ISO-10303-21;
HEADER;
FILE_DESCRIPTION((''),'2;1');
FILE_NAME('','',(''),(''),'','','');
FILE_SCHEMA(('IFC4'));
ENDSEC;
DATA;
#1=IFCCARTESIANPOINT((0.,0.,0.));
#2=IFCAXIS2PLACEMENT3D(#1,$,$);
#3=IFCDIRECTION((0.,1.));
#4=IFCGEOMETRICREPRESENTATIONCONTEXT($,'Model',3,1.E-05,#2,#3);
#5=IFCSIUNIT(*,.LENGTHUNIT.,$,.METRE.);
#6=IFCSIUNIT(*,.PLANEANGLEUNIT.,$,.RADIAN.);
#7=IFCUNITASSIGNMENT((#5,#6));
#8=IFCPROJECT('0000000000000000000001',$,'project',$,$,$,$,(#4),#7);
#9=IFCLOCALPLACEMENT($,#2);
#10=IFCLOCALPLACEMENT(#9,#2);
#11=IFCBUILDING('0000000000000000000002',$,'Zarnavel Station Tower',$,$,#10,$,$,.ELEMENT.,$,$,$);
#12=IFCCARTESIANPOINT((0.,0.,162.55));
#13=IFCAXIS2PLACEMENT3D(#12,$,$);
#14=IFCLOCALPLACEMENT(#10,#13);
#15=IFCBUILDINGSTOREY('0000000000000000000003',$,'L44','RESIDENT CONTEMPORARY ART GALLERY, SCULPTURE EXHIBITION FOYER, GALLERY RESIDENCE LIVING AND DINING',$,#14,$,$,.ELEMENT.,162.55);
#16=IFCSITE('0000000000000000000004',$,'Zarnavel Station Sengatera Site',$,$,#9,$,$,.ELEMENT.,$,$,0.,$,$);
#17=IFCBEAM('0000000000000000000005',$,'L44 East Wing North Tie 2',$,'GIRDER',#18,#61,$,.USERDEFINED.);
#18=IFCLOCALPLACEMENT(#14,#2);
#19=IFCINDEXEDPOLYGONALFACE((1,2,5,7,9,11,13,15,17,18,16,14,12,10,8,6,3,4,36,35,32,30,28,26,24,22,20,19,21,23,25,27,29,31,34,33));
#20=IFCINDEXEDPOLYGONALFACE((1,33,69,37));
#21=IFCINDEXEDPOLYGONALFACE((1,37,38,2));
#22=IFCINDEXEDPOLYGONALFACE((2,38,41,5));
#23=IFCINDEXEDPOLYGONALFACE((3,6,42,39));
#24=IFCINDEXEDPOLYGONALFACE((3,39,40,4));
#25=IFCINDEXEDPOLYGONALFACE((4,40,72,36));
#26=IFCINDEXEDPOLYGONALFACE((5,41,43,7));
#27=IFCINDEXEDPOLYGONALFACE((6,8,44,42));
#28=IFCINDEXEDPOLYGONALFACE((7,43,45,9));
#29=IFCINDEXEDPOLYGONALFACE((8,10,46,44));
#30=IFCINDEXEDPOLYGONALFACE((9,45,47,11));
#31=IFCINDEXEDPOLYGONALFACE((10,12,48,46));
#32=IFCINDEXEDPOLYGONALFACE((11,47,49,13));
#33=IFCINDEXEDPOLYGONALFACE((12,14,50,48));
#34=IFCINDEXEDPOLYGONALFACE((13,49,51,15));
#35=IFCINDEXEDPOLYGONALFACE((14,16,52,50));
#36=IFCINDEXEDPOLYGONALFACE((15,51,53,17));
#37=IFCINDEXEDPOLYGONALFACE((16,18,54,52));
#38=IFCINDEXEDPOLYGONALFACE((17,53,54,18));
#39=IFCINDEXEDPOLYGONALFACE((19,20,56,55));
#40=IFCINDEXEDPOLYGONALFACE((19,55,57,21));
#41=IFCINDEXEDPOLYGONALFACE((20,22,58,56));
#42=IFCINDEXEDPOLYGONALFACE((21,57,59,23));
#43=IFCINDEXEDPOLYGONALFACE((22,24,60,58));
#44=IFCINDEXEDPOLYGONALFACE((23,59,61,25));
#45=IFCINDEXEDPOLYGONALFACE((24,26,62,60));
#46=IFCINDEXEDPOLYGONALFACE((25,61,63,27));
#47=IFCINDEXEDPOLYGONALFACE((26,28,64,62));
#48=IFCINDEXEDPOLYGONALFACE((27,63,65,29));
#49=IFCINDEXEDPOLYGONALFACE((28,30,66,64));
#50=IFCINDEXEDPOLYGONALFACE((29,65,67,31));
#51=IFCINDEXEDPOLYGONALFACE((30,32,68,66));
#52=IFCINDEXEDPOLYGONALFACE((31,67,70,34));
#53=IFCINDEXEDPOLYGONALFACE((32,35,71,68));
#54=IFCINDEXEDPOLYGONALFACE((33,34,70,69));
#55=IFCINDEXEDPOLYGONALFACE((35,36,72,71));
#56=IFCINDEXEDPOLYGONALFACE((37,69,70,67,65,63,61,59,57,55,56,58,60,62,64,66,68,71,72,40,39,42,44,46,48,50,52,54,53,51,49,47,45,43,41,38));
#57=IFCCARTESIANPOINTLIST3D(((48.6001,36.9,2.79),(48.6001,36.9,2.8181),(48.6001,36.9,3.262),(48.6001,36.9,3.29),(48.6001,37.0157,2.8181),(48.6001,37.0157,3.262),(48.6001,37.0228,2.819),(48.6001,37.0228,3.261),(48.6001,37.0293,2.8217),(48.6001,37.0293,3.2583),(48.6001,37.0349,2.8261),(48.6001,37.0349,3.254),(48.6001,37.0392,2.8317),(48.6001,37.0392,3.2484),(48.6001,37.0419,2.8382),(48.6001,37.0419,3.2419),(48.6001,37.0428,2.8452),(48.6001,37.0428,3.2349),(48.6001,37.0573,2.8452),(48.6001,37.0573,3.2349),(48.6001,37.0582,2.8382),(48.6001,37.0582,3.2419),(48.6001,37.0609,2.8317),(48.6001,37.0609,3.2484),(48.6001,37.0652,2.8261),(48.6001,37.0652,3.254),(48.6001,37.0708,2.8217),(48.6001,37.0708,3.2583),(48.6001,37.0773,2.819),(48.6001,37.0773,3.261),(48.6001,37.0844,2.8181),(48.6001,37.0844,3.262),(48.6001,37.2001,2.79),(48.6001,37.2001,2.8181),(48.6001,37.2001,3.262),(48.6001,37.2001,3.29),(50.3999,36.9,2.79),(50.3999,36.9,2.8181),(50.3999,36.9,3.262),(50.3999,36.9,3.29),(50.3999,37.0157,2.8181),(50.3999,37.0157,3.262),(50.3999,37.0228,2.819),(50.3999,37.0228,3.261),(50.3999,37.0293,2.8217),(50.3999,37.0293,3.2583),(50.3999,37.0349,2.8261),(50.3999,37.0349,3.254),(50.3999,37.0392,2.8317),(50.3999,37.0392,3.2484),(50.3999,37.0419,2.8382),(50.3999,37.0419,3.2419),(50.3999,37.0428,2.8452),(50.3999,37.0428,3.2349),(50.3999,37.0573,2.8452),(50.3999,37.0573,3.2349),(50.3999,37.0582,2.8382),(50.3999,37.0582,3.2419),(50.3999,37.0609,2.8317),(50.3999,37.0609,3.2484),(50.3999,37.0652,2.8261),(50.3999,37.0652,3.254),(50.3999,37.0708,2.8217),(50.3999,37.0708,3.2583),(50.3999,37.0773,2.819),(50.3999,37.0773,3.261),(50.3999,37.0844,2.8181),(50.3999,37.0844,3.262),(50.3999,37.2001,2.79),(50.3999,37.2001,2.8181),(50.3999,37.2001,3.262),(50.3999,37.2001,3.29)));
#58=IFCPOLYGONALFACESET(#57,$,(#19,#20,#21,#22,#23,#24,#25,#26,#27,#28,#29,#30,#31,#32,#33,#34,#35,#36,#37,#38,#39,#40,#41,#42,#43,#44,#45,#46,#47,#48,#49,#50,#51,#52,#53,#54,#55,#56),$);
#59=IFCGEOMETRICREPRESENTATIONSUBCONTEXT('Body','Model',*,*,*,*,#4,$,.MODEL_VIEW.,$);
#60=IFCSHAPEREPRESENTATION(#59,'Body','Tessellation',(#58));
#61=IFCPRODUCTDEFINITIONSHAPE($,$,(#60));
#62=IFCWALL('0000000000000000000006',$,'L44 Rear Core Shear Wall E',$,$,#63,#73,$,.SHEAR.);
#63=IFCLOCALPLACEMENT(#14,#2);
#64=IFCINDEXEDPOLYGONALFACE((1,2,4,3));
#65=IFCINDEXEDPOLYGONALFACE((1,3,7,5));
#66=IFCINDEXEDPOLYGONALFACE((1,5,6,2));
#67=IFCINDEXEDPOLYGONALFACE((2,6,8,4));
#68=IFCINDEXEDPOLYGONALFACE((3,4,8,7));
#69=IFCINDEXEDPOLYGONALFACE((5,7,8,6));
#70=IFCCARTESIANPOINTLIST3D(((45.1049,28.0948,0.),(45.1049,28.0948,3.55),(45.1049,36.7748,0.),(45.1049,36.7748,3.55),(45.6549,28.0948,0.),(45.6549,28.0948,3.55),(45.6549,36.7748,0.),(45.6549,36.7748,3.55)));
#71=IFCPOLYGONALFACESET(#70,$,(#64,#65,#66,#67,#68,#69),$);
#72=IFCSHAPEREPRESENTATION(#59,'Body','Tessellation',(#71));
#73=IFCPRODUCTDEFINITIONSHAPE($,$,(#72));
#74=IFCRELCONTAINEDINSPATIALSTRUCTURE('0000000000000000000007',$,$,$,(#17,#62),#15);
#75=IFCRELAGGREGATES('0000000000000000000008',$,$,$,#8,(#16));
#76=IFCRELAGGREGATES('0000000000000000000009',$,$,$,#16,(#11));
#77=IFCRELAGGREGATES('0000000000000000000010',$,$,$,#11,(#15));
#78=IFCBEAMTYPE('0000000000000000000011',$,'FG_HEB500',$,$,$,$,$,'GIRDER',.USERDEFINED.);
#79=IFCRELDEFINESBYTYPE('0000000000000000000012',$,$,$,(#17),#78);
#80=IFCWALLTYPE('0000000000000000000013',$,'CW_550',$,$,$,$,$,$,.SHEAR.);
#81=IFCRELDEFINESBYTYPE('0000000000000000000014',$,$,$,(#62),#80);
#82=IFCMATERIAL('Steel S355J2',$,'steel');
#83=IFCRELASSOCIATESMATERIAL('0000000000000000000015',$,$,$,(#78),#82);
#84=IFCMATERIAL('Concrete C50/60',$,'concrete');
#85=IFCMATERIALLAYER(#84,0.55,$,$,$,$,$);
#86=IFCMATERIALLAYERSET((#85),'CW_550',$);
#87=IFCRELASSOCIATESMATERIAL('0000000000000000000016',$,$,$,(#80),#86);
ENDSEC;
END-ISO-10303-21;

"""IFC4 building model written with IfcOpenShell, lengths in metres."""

from ifc_helpers import new_model, si_unit, direction, frame, frame_2d, origin, origin_2d, place, context, subcontext, project, spatial, rectangle, i_section, extrude, material, layer, layer_set, material_profile, profile_set, type_object, element, save


model = new_model("IFC4")

# Units and contexts
model_context = context("Model", 3, precision=1e-05, world=origin(), true_north=direction((0.0, 1.0)))
body_context = subcontext(model_context, "Body", "Model", "MODEL_VIEW")
ifc_project = project(units=[si_unit("LENGTHUNIT", "METRE"), si_unit("PLANEANGLEUNIT", "RADIAN")], contexts=[model_context])

# Site, building, storey
site_placement = place(None, origin())
site = spatial("IfcSite", under=ifc_project, at=site_placement, Name="Zarnavel Station Sengatera Site", CompositionType="ELEMENT", RefElevation=0.0)
building_placement = place(site_placement, origin())
building = spatial("IfcBuilding", under=site, at=building_placement, Name="Zarnavel Station Tower", CompositionType="ELEMENT")
storey_placement = place(building_placement, frame((0.0, 0.0, 162.55)))
storey = spatial("IfcBuildingStorey", under=building, at=storey_placement, Name="L44", Description="RESIDENT CONTEMPORARY ART GALLERY, SCULPTURE EXHIBITION FOYER, GALLERY RESIDENCE LIVING AND DINING", CompositionType="ELEMENT", Elevation=162.55)

# Beam
ifc_material_1 = material(Name="Steel S355J2", Category="steel")
ifc_material_profile_1 = material_profile(ifc_material_1, i_section(OverallWidth=0.3, OverallDepth=0.5, WebThickness=0.0144, FlangeThickness=0.0281, FilletRadius=0.0271, at=origin_2d()), Name="HEB500")
ifc_profile_set_1 = profile_set([ifc_material_profile_1], Name="Steel S355J2")
beam_type = type_object("IfcBeamType", Name="FG_HEB500", ElementType="GIRDER", PredefinedType="USERDEFINED", material=ifc_profile_set_1)
beam_1_placement = place(storey_placement, frame((48.6001, 37.05, 3.04), z_axis=(1.0, 0.0, 0.0), x_axis=(0.0, 1.0, 0.0)))
element("IfcBeam", 1, at=beam_1_placement, inside=storey, type_object=beam_type, Name="L44 East Wing North Tie 2", ObjectType="GIRDER", PredefinedType="USERDEFINED", context=body_context, shape_type="SweptSolid", body=[
    extrude(i_section(OverallWidth=0.3, OverallDepth=0.5, WebThickness=0.0144, FlangeThickness=0.0281, FilletRadius=0.0271, at=origin_2d()), origin(), (0.0, 0.0, 1.0), 1.7998),
])

# Wall
ifc_material_2 = material(Name="Concrete C50/60", Category="concrete")
ifc_layer_1 = layer(ifc_material_2, 0.55)
ifc_layer_set_1 = layer_set([ifc_layer_1], Name="CW_550")
wall_type_1 = type_object("IfcWallType", Name="CW_550", PredefinedType="SHEAR", material=ifc_layer_set_1)
wall_1_placement = place(storey_placement, frame((45.3799, 28.095, 0.0), z_axis=(0.0, 0.0, 1.0), x_axis=(0.0, 1.0, 0.0)))
element("IfcWall", 2, at=wall_1_placement, inside=storey, type_object=wall_type_1, Name="L44 Rear Core Shear Wall E", PredefinedType="SHEAR", context=body_context, shape_type="SweptSolid", body=[
    extrude(rectangle(XDim=8.6799, YDim=0.55, at=frame_2d((4.3398, 0.0))), origin(), (0.0, 0.0, 1.0), 3.55),
])

save(model, "model.ifc")
